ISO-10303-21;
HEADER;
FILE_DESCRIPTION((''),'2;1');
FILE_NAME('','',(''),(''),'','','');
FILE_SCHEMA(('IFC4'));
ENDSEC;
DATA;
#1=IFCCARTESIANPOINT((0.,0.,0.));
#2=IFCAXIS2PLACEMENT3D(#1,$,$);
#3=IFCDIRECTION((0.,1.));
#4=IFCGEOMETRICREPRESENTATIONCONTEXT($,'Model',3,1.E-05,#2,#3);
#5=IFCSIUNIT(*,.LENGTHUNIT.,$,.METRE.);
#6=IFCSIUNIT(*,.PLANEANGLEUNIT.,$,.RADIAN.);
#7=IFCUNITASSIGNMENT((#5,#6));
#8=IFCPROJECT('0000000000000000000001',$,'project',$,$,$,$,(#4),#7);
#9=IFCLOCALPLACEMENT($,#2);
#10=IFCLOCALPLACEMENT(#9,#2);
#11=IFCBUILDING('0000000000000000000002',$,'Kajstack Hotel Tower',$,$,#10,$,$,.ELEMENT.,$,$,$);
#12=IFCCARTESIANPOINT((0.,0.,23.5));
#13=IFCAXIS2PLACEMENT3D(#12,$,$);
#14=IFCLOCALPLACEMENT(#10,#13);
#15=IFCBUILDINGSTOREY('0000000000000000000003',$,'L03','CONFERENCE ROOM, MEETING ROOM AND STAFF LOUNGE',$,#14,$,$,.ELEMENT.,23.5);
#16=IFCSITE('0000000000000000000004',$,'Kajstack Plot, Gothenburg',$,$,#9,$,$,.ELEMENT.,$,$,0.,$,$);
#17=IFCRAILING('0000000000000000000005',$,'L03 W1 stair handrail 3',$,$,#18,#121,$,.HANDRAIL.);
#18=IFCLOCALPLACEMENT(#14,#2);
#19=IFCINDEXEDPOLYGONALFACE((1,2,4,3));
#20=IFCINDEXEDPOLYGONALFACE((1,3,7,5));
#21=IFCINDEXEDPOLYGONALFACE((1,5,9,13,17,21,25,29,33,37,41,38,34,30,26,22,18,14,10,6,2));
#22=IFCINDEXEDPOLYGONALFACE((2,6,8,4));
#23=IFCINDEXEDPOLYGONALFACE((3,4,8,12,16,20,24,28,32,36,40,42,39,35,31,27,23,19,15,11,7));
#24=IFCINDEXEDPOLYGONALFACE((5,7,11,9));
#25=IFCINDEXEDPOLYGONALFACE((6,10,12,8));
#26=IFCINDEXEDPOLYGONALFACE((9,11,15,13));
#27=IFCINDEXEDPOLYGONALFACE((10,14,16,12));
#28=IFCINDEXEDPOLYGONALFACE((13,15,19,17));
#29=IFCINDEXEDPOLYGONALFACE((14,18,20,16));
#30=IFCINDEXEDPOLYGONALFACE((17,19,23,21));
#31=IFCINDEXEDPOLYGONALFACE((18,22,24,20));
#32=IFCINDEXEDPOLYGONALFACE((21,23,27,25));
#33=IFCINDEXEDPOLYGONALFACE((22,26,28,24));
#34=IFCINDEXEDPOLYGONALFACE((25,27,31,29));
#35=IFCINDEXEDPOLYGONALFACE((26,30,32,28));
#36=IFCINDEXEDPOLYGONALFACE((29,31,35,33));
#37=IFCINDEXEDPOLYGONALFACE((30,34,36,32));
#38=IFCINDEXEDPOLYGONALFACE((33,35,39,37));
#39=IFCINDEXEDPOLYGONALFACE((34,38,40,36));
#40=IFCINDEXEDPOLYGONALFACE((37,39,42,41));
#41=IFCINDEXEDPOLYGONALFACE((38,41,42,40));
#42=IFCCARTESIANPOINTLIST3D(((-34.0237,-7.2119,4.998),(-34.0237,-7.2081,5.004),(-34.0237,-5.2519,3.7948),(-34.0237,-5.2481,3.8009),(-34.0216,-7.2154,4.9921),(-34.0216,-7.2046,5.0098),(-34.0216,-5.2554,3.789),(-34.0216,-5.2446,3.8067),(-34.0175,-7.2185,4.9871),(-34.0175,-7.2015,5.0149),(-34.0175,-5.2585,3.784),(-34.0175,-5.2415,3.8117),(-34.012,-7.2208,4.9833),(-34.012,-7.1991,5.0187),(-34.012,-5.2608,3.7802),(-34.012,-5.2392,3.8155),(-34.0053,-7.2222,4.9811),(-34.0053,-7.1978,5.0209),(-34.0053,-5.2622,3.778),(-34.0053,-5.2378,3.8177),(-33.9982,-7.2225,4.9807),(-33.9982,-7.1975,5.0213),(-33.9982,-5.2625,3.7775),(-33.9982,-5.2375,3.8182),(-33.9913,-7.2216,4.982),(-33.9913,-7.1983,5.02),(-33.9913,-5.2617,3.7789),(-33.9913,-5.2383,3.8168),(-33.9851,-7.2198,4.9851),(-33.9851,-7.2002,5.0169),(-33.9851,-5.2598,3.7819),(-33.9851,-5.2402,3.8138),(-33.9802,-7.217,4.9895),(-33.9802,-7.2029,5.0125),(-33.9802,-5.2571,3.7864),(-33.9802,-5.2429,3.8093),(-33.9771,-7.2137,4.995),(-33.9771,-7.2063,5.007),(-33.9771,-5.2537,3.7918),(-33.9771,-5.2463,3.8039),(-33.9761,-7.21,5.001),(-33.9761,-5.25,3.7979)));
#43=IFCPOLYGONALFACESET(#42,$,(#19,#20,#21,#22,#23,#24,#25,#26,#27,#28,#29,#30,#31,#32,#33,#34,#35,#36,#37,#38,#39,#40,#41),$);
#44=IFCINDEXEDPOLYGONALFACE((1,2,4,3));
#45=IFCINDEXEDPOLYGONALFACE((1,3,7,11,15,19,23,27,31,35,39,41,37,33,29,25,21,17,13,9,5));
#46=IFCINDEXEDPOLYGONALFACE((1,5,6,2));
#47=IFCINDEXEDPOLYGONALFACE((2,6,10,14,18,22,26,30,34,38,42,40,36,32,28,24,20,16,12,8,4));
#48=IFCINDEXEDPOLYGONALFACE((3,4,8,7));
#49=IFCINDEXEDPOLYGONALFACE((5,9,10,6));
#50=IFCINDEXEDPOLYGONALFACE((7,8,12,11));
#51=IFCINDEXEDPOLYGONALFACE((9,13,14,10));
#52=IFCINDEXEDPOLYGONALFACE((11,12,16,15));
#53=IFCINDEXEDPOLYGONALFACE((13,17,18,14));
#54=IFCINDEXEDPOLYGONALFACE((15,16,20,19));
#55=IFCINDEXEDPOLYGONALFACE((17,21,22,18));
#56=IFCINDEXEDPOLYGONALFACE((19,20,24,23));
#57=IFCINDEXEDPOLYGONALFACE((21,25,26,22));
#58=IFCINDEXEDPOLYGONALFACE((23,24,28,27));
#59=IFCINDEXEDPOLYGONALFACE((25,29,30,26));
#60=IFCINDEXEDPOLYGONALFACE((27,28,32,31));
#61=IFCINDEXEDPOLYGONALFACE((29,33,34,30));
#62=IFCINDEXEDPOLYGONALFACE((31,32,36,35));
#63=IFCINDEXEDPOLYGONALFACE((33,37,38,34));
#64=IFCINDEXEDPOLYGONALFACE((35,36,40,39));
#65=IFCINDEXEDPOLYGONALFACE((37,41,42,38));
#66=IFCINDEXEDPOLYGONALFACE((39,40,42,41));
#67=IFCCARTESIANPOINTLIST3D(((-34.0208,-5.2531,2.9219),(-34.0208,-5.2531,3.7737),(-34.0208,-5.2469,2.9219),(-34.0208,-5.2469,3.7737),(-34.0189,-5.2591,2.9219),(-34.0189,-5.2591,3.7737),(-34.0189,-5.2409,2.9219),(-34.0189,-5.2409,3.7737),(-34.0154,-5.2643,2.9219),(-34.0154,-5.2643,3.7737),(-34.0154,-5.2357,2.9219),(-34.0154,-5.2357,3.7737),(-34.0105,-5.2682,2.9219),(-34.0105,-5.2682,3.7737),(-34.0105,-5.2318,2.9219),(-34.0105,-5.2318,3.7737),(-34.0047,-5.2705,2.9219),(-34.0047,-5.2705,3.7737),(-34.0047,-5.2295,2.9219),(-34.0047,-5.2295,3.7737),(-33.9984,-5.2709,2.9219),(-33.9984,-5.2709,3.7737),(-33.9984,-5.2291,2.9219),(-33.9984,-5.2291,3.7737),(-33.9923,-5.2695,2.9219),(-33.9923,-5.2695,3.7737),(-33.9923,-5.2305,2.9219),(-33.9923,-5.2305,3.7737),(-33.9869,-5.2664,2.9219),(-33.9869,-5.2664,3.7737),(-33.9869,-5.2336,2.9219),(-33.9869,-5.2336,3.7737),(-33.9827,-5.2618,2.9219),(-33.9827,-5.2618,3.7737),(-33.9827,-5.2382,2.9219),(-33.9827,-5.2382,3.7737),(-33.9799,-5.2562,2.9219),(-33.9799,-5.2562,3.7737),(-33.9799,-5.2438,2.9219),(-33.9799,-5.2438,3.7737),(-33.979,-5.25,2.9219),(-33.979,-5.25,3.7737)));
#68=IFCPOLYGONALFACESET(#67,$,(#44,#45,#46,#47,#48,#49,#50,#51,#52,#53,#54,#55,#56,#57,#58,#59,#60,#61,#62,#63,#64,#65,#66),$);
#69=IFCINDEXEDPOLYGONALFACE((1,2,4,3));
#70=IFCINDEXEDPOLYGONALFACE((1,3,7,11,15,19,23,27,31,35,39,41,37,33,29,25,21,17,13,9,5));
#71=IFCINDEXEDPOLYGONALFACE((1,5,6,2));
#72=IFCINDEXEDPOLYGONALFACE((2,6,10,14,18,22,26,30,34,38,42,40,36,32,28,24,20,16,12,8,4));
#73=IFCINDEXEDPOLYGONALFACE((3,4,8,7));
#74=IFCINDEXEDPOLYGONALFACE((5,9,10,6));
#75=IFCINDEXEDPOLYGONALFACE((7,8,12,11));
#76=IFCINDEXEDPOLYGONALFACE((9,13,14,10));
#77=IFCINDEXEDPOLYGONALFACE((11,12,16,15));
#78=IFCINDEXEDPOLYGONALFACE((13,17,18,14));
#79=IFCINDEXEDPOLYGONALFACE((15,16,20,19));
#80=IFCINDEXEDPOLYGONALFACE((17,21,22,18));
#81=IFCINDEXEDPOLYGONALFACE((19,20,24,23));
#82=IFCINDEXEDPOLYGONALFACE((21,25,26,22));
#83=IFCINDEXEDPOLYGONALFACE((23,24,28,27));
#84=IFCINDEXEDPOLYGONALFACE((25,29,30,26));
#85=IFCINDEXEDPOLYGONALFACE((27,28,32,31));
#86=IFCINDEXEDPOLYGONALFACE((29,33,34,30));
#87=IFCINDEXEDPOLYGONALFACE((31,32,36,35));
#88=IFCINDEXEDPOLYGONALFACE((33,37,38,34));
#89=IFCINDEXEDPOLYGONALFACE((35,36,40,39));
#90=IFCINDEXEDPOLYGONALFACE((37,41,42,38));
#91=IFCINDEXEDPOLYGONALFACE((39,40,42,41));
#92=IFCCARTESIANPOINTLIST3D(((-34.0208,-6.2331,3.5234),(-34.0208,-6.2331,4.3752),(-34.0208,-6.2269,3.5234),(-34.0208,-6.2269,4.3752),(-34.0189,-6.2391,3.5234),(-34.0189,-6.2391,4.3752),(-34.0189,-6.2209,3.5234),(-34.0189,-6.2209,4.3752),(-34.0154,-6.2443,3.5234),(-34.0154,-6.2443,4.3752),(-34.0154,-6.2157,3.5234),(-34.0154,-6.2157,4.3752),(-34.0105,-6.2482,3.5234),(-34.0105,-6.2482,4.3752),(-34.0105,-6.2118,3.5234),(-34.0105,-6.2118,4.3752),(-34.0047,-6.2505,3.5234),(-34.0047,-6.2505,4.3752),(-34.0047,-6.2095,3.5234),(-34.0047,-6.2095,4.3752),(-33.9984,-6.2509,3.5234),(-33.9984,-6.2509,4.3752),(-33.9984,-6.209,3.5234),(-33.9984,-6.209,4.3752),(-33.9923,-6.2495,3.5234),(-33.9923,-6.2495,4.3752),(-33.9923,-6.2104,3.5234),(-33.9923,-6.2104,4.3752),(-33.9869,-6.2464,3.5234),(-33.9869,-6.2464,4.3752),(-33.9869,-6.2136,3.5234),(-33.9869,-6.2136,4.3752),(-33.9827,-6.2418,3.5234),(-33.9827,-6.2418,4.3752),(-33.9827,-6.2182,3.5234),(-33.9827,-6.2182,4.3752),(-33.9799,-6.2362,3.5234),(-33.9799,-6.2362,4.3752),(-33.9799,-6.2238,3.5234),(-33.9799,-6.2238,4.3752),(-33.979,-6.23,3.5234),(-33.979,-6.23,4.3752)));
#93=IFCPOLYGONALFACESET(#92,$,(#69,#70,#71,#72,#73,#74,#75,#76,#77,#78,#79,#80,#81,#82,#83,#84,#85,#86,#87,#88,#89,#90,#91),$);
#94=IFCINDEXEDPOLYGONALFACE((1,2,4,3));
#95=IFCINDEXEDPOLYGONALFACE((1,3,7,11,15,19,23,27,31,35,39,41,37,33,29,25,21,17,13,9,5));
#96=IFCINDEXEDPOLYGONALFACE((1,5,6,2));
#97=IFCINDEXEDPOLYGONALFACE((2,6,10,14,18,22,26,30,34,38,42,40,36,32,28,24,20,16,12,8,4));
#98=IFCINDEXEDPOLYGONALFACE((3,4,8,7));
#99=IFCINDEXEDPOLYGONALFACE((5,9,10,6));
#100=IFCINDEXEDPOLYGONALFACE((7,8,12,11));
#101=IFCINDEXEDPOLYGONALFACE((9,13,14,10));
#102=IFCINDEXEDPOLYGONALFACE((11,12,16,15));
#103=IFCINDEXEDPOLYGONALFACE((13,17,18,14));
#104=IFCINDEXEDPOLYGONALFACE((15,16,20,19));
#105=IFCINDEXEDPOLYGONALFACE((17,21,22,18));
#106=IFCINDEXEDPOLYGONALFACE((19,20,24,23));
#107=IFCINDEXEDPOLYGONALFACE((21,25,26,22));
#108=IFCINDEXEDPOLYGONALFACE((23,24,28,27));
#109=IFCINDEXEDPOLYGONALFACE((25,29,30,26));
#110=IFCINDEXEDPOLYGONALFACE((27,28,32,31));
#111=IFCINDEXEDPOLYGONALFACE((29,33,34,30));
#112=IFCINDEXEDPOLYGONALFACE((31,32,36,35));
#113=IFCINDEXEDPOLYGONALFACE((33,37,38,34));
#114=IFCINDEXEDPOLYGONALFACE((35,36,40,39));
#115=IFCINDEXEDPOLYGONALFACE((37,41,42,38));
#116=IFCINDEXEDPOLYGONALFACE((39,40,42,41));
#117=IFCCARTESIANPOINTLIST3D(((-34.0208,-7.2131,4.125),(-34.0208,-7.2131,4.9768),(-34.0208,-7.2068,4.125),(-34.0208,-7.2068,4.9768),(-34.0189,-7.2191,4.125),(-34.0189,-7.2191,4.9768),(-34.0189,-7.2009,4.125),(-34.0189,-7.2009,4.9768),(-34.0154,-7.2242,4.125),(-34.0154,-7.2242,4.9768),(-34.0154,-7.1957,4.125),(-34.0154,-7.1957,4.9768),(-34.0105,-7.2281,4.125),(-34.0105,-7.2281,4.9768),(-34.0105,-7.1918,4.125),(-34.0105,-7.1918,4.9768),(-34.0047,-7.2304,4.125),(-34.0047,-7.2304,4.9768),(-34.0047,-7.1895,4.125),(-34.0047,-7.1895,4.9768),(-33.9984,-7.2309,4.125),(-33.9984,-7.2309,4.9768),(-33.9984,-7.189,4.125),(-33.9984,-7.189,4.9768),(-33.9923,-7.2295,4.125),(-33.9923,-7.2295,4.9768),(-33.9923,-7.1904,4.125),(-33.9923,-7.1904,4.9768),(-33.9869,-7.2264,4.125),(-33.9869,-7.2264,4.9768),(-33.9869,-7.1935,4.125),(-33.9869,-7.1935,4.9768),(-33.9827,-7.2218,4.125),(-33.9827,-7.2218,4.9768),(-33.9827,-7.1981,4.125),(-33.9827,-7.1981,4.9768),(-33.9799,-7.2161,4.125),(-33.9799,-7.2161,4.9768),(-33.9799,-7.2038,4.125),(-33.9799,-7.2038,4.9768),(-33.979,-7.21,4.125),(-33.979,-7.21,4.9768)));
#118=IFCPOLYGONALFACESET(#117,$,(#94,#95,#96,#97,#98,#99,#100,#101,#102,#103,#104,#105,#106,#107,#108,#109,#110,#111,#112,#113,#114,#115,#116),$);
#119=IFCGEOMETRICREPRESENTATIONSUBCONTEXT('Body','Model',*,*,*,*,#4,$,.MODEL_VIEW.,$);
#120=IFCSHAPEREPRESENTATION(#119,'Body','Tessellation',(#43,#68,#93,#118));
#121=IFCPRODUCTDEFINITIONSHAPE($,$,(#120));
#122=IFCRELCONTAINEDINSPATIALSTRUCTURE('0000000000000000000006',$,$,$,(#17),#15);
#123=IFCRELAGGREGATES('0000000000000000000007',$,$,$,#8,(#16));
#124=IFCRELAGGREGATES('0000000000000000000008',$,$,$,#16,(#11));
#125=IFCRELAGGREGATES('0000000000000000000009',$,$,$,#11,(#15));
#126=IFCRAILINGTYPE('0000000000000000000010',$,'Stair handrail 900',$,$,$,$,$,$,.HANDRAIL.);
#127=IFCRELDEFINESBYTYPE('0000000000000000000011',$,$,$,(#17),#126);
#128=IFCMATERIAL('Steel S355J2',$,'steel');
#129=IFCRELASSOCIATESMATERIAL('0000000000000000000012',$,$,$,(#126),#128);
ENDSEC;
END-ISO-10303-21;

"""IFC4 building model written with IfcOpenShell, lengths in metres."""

from ifc_helpers import new_model, si_unit, direction, frame, origin, origin_2d, place, context, subcontext, project, spatial, circle, extrude, material, type_object, element, save


model = new_model("IFC4")

# Units and contexts
model_context = context("Model", 3, precision=1e-05, world=origin(), true_north=direction((0.0, 1.0)))
body_context = subcontext(model_context, "Body", "Model", "MODEL_VIEW")
ifc_project = project(units=[si_unit("LENGTHUNIT", "METRE"), si_unit("PLANEANGLEUNIT", "RADIAN")], contexts=[model_context])

# Site, building, storey
site_placement = place(None, origin())
site = spatial("IfcSite", under=ifc_project, at=site_placement, Name="Kajstack Plot, Gothenburg", CompositionType="ELEMENT", RefElevation=0.0)
building_placement = place(site_placement, origin())
building = spatial("IfcBuilding", under=site, at=building_placement, Name="Kajstack Hotel Tower", CompositionType="ELEMENT")
storey_placement = place(building_placement, frame((0.0, 0.0, 23.5)))
storey = spatial("IfcBuildingStorey", under=building, at=storey_placement, Name="L03", Description="CONFERENCE ROOM, MEETING ROOM AND STAFF LOUNGE", CompositionType="ELEMENT", Elevation=23.5)

# Railing
ifc_material_1 = material(Name="Steel S355J2", Category="steel")
railing_type_1 = type_object("IfcRailingType", Name="Stair handrail 900", PredefinedType="HANDRAIL", material=ifc_material_1)
railing_1_placement = place(storey_placement, frame((-34.0, -5.25, 2.9219)))
element("IfcRailing", 1, at=railing_1_placement, inside=storey, type_object=railing_type_1, Name="L03 W1 stair handrail 3", PredefinedType="HANDRAIL", context=body_context, shape_type="SweptSolid", body=[
    extrude(circle(Radius=0.0239, at=origin_2d()), frame((0.0, 0.0, 0.876), z_axis=(0.0, -0.852241, 0.523149), x_axis=(1.0, 0.0, 0.0)), (0.0, 0.0, 1.0), 2.2998),
    extrude(circle(Radius=0.021, at=origin_2d()), origin(), (0.0, 0.0, 1.0), 0.8518),
    extrude(circle(Radius=0.021, at=origin_2d()), frame((0.0, -0.98, 0.6016)), (0.0, 0.0, 1.0), 0.8518),
    extrude(circle(Radius=0.021, at=origin_2d()), frame((0.0, -1.96, 1.2031)), (0.0, 0.0, 1.0), 0.8518),
])

save(model, "model.ifc")
